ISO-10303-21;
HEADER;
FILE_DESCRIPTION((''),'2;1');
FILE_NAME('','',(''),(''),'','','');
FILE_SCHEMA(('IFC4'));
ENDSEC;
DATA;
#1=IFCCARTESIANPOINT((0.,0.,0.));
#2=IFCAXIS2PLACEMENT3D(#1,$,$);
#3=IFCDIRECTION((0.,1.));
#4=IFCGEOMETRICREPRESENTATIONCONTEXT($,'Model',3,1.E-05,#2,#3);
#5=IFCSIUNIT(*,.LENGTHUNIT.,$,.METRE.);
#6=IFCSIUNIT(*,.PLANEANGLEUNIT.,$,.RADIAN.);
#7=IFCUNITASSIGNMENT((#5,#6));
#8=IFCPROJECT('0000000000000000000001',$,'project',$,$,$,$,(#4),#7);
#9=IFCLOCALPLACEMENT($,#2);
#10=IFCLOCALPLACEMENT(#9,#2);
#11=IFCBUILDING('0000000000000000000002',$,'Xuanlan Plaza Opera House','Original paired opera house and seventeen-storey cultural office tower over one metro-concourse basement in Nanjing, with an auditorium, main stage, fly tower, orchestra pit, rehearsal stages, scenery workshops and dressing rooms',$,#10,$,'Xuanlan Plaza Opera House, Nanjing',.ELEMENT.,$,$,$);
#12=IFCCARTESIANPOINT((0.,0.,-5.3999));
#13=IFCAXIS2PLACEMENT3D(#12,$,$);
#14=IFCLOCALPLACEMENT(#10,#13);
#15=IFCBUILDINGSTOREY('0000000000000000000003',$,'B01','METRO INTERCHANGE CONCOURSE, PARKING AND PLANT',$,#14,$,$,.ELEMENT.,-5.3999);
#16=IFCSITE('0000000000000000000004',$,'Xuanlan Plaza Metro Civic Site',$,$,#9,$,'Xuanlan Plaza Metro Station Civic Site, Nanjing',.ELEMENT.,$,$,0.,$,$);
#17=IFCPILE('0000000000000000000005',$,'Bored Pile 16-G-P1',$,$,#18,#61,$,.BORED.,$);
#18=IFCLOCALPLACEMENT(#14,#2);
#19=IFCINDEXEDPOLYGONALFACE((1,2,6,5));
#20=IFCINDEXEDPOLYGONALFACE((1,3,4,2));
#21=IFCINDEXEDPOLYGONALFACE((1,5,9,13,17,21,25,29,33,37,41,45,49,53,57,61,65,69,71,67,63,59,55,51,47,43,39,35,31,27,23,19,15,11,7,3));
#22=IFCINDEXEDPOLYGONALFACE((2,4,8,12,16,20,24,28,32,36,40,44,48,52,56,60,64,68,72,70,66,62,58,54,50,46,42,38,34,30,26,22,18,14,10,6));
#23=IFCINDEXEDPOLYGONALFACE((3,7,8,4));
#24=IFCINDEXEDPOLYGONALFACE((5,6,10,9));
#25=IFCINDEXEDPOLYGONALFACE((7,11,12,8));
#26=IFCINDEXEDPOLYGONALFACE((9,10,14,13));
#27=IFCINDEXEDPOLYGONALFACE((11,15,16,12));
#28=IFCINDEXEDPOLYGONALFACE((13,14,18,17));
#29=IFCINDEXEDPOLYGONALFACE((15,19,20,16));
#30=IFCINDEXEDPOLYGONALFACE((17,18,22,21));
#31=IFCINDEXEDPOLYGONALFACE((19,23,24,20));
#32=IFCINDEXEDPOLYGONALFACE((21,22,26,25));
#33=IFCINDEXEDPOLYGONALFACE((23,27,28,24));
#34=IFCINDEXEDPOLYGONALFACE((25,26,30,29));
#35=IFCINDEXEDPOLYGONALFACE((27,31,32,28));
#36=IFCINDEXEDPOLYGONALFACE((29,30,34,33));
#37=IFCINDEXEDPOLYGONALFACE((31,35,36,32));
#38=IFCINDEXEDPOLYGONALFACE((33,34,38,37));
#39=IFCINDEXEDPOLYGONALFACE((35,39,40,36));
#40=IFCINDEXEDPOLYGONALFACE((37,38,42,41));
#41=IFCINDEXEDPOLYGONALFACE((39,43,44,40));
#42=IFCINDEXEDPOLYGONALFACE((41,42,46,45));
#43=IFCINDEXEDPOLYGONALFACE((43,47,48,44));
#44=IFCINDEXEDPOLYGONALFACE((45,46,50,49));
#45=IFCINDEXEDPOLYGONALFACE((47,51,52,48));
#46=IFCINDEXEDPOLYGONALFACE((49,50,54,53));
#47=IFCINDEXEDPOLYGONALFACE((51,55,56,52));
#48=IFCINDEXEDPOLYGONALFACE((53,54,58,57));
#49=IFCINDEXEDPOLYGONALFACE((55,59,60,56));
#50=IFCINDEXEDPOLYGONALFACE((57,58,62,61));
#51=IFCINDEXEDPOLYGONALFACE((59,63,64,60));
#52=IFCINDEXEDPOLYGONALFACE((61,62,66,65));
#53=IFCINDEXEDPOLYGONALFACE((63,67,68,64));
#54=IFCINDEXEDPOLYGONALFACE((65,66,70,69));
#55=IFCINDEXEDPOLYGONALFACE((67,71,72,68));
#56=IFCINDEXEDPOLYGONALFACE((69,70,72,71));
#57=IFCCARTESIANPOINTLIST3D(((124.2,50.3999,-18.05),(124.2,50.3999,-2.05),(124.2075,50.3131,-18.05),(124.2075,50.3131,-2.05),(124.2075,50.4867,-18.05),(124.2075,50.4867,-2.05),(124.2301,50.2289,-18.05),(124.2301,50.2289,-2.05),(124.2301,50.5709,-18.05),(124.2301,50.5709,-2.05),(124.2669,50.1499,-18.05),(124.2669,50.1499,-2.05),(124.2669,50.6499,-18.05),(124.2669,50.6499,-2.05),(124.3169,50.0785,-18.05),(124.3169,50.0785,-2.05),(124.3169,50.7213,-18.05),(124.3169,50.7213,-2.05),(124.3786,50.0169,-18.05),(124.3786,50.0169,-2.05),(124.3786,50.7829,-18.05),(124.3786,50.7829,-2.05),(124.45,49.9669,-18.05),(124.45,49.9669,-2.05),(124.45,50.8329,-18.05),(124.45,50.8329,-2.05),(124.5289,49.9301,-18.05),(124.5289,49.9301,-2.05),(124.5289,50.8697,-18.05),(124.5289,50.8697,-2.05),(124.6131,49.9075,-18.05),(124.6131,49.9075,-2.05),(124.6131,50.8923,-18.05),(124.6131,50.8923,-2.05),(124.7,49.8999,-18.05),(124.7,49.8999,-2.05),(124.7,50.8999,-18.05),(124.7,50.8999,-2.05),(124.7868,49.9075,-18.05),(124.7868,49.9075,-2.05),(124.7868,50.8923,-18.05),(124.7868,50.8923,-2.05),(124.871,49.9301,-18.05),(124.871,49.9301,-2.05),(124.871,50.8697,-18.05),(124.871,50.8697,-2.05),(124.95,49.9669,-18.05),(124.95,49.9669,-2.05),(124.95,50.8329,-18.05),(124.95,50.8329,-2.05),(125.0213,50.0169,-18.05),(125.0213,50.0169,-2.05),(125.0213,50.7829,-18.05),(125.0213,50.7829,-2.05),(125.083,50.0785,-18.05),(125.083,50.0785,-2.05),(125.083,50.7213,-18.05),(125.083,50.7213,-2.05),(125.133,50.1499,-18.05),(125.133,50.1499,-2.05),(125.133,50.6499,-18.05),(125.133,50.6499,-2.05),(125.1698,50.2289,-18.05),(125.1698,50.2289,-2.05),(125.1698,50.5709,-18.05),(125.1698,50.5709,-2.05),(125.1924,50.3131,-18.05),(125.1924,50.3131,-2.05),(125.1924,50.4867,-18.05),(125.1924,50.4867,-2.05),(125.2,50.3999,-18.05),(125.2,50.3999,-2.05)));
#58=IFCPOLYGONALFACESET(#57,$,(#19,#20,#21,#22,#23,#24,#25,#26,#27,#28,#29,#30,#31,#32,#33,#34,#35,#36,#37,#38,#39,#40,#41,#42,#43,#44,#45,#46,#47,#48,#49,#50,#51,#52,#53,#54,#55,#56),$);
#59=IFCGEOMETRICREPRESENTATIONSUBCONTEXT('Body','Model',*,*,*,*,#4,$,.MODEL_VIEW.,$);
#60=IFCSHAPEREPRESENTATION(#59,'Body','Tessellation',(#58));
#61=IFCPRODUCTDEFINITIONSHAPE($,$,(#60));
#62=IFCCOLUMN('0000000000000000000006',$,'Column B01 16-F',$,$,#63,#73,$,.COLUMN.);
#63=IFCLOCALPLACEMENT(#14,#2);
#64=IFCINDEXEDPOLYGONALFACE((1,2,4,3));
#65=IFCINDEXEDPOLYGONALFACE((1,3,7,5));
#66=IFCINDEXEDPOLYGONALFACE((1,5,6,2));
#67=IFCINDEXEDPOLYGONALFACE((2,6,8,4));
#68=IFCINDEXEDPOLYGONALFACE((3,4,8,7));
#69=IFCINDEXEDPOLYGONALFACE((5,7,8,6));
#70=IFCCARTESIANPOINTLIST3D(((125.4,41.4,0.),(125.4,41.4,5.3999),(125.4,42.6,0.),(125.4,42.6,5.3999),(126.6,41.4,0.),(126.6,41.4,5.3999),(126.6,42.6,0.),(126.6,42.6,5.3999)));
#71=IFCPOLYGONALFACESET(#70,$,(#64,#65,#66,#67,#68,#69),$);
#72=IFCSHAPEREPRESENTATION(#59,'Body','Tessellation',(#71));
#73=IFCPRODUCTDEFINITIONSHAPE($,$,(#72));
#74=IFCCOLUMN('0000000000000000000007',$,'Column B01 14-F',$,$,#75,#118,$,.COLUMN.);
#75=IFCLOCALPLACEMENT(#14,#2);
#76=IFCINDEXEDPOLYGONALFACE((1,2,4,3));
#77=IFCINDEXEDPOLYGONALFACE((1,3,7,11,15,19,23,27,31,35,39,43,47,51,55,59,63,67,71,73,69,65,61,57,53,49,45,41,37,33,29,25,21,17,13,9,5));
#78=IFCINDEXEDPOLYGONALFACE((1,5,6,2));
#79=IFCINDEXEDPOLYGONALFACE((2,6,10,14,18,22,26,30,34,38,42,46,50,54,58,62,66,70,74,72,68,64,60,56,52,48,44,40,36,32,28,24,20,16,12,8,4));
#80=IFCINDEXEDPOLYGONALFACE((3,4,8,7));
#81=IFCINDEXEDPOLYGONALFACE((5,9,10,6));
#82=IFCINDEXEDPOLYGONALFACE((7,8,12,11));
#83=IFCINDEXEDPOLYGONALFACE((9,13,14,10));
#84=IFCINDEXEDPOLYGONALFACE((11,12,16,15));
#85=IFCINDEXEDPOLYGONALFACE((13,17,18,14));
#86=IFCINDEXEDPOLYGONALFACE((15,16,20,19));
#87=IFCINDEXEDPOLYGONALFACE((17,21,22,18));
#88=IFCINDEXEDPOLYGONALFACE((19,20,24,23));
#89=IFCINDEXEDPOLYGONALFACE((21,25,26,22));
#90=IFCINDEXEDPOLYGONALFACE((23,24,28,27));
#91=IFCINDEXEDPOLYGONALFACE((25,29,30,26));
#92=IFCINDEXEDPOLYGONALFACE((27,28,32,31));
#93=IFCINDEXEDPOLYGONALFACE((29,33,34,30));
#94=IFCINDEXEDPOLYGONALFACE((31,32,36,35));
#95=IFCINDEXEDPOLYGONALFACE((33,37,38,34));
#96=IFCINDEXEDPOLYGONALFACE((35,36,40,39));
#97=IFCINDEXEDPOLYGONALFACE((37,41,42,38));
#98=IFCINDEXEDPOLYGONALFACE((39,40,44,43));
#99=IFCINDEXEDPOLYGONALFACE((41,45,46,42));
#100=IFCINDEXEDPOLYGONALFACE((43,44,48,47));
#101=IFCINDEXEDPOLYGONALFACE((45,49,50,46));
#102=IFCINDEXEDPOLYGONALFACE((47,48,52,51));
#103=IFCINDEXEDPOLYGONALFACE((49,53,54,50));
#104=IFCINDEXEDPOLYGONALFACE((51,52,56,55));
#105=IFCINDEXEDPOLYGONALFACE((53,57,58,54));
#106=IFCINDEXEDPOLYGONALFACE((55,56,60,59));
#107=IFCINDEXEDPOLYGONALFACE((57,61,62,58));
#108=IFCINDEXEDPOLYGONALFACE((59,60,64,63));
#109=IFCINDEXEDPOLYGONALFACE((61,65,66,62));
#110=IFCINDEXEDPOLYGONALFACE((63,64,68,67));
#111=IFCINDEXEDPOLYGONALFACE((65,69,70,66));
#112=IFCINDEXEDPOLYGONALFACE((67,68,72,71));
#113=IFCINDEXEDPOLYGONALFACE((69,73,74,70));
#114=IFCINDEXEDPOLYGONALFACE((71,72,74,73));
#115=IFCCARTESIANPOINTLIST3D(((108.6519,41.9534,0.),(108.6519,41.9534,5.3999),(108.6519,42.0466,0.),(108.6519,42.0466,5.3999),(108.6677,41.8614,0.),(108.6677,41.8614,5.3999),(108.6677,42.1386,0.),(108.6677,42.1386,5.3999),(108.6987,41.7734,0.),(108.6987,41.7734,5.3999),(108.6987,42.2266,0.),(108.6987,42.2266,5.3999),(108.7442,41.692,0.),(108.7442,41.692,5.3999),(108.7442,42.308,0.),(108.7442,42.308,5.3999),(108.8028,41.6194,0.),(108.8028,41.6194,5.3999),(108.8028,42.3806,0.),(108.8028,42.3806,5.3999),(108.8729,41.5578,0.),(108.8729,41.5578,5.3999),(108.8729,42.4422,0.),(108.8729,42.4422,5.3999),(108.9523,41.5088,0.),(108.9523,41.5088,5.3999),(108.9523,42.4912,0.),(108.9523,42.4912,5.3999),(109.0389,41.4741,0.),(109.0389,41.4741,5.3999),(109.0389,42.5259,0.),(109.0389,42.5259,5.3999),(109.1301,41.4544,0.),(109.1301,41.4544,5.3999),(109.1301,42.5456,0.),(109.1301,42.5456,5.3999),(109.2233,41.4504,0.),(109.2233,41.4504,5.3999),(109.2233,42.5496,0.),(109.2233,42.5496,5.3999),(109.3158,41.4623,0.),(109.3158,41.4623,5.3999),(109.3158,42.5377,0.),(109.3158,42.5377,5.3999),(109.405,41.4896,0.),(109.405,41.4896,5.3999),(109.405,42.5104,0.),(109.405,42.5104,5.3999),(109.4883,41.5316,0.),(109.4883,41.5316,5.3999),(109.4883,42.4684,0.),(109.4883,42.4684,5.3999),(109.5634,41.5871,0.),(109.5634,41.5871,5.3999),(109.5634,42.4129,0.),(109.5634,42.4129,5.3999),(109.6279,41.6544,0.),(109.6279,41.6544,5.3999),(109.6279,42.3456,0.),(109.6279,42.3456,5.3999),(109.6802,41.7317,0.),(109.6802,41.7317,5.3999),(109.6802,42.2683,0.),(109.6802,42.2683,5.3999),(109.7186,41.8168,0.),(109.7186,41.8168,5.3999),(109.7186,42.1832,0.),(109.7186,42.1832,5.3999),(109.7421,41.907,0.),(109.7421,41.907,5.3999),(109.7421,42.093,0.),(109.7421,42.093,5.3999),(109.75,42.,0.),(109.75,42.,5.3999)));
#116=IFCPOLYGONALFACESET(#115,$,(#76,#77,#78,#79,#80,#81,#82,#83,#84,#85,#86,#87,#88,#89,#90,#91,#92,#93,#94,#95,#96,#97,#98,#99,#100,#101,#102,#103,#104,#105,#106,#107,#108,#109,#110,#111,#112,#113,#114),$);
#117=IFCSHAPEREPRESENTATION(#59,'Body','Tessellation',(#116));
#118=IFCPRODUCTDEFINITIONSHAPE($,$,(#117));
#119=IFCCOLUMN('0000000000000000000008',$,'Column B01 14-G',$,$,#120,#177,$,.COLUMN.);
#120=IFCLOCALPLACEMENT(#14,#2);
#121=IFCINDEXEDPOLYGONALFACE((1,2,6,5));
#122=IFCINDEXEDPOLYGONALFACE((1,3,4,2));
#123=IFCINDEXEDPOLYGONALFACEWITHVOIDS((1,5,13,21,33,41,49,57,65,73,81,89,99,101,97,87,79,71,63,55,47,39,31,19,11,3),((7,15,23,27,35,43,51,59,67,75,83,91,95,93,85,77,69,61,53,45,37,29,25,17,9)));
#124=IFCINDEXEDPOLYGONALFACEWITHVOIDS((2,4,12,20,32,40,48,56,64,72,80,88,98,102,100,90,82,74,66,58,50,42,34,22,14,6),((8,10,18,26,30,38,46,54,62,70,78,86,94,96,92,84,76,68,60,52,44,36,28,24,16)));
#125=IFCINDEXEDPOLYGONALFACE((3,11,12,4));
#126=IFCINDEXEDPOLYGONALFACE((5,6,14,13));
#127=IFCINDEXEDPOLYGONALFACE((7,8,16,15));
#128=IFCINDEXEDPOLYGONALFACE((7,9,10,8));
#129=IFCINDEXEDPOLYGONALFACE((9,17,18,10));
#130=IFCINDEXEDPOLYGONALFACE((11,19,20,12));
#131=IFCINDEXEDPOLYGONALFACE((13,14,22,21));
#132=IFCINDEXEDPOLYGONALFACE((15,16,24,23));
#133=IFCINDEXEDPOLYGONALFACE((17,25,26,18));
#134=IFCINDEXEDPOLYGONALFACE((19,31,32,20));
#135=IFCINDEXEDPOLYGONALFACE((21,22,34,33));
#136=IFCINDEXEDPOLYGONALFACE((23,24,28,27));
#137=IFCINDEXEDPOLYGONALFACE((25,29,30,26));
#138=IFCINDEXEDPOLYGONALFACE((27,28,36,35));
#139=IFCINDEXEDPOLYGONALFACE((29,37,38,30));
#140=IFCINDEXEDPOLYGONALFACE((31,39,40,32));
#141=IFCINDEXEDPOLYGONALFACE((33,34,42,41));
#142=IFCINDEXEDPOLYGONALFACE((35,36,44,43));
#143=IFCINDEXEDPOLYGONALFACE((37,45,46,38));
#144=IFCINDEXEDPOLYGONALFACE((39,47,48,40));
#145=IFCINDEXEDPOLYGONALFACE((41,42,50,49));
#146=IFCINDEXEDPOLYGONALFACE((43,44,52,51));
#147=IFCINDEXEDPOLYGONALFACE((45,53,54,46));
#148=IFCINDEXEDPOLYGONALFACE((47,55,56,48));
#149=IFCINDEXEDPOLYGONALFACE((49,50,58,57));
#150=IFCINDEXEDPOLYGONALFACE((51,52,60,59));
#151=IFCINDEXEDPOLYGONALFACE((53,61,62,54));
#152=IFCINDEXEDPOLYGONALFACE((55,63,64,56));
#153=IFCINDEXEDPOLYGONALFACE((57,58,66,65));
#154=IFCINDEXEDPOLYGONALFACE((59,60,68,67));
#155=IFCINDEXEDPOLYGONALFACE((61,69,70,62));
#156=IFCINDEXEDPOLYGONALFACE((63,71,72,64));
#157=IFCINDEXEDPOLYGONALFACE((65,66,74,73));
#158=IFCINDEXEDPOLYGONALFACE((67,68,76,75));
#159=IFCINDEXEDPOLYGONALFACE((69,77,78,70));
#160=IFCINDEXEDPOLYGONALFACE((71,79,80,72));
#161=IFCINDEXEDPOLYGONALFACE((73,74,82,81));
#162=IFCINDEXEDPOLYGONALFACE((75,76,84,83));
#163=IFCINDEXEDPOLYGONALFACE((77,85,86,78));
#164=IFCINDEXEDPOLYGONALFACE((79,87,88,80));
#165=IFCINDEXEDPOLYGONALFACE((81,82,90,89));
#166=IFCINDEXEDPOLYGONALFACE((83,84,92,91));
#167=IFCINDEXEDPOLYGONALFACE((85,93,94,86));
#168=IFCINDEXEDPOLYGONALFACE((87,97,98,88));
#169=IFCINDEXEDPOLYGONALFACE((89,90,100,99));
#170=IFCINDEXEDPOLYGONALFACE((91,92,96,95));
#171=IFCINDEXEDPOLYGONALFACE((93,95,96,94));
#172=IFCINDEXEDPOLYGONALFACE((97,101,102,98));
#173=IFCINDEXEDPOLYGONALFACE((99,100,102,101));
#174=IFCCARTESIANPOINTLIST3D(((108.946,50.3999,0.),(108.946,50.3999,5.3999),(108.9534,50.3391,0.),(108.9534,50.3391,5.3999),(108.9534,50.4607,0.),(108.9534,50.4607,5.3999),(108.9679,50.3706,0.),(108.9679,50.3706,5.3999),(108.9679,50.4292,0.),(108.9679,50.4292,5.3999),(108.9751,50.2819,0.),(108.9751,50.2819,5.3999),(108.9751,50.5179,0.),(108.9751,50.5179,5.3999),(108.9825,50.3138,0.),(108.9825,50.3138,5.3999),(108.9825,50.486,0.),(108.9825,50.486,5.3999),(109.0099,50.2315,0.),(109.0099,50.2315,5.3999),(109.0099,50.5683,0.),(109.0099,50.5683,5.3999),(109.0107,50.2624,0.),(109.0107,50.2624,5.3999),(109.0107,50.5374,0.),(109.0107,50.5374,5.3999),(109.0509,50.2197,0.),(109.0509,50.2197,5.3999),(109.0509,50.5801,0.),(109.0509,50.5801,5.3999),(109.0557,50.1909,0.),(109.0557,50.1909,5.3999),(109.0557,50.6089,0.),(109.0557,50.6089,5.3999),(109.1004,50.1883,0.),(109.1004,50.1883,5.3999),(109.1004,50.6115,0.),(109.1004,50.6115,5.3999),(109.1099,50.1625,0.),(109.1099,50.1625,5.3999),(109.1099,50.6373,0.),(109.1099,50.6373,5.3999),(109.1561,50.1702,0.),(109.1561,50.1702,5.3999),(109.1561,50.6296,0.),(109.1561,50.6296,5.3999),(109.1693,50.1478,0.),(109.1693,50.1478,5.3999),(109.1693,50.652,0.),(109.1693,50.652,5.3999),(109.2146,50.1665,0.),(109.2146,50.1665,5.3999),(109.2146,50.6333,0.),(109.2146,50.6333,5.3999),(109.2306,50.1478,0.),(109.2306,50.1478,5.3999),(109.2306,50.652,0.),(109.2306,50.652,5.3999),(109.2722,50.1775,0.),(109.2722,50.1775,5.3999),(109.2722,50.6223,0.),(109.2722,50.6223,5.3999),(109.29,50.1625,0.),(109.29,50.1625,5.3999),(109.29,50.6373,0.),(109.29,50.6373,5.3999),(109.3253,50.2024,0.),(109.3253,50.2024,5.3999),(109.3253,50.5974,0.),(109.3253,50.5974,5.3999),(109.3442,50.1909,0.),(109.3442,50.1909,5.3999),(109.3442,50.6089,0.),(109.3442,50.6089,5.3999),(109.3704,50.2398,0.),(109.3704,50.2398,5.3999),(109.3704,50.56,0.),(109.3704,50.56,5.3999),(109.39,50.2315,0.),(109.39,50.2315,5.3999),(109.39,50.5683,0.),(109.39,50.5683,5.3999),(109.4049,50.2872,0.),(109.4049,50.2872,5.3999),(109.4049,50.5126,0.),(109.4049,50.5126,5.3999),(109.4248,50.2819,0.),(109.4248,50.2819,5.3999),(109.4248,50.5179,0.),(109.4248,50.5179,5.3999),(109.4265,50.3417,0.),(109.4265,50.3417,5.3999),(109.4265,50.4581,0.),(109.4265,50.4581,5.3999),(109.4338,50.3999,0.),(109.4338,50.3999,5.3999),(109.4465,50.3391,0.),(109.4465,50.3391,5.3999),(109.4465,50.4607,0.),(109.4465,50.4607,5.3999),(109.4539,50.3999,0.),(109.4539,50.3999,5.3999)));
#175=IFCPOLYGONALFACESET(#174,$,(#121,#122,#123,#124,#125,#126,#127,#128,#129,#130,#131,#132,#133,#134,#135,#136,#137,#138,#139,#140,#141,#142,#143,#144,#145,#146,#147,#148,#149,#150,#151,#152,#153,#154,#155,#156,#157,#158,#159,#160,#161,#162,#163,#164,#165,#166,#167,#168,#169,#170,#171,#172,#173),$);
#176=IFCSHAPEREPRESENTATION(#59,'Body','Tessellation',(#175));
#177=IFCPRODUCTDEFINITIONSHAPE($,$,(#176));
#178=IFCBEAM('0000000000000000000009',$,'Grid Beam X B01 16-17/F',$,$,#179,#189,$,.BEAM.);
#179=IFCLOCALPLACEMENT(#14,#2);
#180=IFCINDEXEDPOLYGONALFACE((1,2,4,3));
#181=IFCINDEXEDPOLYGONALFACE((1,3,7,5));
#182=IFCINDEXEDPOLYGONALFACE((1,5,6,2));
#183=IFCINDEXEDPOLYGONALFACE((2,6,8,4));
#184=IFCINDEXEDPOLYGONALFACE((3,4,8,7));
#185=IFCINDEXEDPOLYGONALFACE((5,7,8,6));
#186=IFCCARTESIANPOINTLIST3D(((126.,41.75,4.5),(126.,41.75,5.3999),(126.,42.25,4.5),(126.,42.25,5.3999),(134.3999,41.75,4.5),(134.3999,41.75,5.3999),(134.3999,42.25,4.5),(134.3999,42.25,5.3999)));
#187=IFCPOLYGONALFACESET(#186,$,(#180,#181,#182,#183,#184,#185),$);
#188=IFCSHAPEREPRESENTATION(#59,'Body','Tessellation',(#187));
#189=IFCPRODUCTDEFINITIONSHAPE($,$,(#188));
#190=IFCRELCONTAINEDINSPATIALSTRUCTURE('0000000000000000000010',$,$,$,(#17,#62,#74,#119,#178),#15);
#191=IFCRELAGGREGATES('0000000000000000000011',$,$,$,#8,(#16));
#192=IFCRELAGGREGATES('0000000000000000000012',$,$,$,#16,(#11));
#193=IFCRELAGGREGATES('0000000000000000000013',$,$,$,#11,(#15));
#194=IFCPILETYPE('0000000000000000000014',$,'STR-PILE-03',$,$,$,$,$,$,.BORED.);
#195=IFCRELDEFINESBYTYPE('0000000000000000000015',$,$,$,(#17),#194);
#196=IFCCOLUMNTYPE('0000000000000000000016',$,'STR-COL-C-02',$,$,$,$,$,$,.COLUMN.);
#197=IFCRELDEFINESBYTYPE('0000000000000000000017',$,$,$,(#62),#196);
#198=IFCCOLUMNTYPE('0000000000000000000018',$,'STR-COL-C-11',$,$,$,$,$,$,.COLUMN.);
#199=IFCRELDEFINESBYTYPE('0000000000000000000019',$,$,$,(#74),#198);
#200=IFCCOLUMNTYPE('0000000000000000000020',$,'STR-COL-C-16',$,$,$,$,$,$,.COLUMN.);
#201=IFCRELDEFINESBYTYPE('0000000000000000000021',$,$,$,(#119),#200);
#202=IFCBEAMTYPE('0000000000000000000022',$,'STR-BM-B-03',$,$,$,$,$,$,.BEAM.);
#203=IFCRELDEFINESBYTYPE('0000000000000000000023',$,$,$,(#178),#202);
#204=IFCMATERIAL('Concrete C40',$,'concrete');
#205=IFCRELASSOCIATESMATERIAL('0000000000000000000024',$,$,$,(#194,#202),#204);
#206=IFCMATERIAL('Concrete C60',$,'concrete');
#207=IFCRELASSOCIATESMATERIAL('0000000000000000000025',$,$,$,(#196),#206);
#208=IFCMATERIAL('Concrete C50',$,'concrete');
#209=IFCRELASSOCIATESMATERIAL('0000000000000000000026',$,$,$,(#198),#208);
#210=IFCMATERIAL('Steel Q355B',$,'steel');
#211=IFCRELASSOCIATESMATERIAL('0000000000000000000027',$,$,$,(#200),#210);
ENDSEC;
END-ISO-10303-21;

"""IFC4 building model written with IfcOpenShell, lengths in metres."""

from ifc_helpers import new_model, si_unit, direction, frame, origin, origin_2d, place, context, subcontext, project, spatial, rectangle, circle, hollow_circle, extrude, material, material_profile, profile_set, type_object, element, save


model = new_model("IFC4")

# Units and contexts
model_context = context("Model", 3, precision=1e-05, world=origin(), true_north=direction((0.0, 1.0)))
body_context = subcontext(model_context, "Body", "Model", "MODEL_VIEW")
ifc_project = project(units=[si_unit("LENGTHUNIT", "METRE"), si_unit("PLANEANGLEUNIT", "RADIAN")], contexts=[model_context])

# Site, building, storey
site_placement = place(None, origin())
site = spatial("IfcSite", under=ifc_project, at=site_placement, Name="Xuanlan Plaza Metro Civic Site", LongName="Xuanlan Plaza Metro Station Civic Site, Nanjing", CompositionType="ELEMENT", RefElevation=0.0)
building_placement = place(site_placement, origin())
building = spatial("IfcBuilding", under=site, at=building_placement, Name="Xuanlan Plaza Opera House", Description="Original paired opera house and seventeen-storey cultural office tower over one metro-concourse basement in Nanjing, with an auditorium, main stage, fly tower, orchestra pit, rehearsal stages, scenery workshops and dressing rooms", LongName="Xuanlan Plaza Opera House, Nanjing", CompositionType="ELEMENT")
storey_placement = place(building_placement, frame((0.0, 0.0, -5.3999)))
storey = spatial("IfcBuildingStorey", under=building, at=storey_placement, Name="B01", Description="METRO INTERCHANGE CONCOURSE, PARKING AND PLANT", CompositionType="ELEMENT", Elevation=-5.3999)

# Shared definitions
ifc_material_1 = material(Name="Concrete C50", Category="concrete")
ifc_material_2 = material(Name="Concrete C40", Category="concrete")

# Pile
ifc_material_profile_1 = material_profile(ifc_material_2, circle(Radius=0.5, at=origin_2d()), Name="PILE D1000")
ifc_profile_set_1 = profile_set([ifc_material_profile_1], Name="Concrete C40")
pile_type_1 = type_object("IfcPileType", Name="STR-PILE-03", PredefinedType="BORED", material=ifc_profile_set_1)
for number, where, z_axis, x_axis, name in (
    (1, (124.7, 50.3999, -2.05), (0.0, 0.0, -1.0), (1.0, 0.0, 0.0), "Bored Pile 16-G-P1"),
):
    element("IfcPile", number, at=place(storey_placement, frame(where, z_axis=z_axis, x_axis=x_axis)), inside=storey, type_object=pile_type_1, Name=name, PredefinedType="BORED", context=body_context, shape_type="SweptSolid", body=[
        extrude(circle(Radius=0.5, at=origin_2d()), origin(), (0.0, 0.0, 1.0), 16.0),
    ])

# Columns
ifc_material_3 = material(Name="Concrete C60", Category="concrete")
ifc_material_profile_2 = material_profile(ifc_material_3, rectangle(XDim=1.2, YDim=1.2, at=origin_2d()), Name="RC-COL 1200x1200")
ifc_profile_set_2 = profile_set([ifc_material_profile_2], Name="Concrete C60")
column_type_1 = type_object("IfcColumnType", Name="STR-COL-C-02", PredefinedType="COLUMN", material=ifc_profile_set_2)
column_1_placement = place(storey_placement, frame((126.0, 42.0, 0.0), z_axis=(0.0, 0.0, 1.0), x_axis=(1.0, 0.0, 0.0)))
element("IfcColumn", 2, at=column_1_placement, inside=storey, type_object=column_type_1, Name="Column B01 16-F", PredefinedType="COLUMN", context=body_context, shape_type="SweptSolid", body=[
    extrude(rectangle(XDim=1.2, YDim=1.2, at=origin_2d()), origin(), (0.0, 0.0, 1.0), 5.3999),
])
ifc_material_profile_3 = material_profile(ifc_material_1, circle(Radius=0.55, at=origin_2d()), Name="RC-COL D1100")
ifc_profile_set_3 = profile_set([ifc_material_profile_3], Name="Concrete C50")
column_type_2 = type_object("IfcColumnType", Name="STR-COL-C-11", PredefinedType="COLUMN", material=ifc_profile_set_3)
column_2_placement = place(storey_placement, frame((109.2, 42.0, 0.0), z_axis=(0.0, 0.0, 1.0), x_axis=(1.0, 0.0, 0.0)))
element("IfcColumn", 3, at=column_2_placement, inside=storey, type_object=column_type_2, Name="Column B01 14-F", PredefinedType="COLUMN", context=body_context, shape_type="SweptSolid", body=[
    extrude(circle(Radius=0.55, at=origin_2d()), origin(), (0.0, 0.0, 1.0), 5.3999),
])
ifc_material_4 = material(Name="Steel Q355B", Category="steel")
ifc_material_profile_4 = material_profile(ifc_material_4, hollow_circle(Radius=0.2539, WallThickness=0.02, at=origin_2d()), Name="CHS 508x20")
ifc_profile_set_4 = profile_set([ifc_material_profile_4], Name="Steel Q355B")
column_type_3 = type_object("IfcColumnType", Name="STR-COL-C-16", PredefinedType="COLUMN", material=ifc_profile_set_4)
column_3_placement = place(storey_placement, frame((109.2, 50.3999, 0.0), z_axis=(0.0, 0.0, 1.0), x_axis=(1.0, 0.0, 0.0)))
element("IfcColumn", 4, at=column_3_placement, inside=storey, type_object=column_type_3, Name="Column B01 14-G", PredefinedType="COLUMN", context=body_context, shape_type="SweptSolid", body=[
    extrude(hollow_circle(Radius=0.2539, WallThickness=0.02, at=origin_2d()), origin(), (0.0, 0.0, 1.0), 5.3999),
])

# Beam
ifc_material_profile_5 = material_profile(ifc_material_2, rectangle(XDim=0.5, YDim=0.8999, at=origin_2d()), Name="RC-BM 500x900")
ifc_profile_set_5 = profile_set([ifc_material_profile_5], Name="Concrete C40")
beam_type_1 = type_object("IfcBeamType", Name="STR-BM-B-03", PredefinedType="BEAM", material=ifc_profile_set_5)
beam_1_placement = place(storey_placement, frame((126.0, 42.0, 4.95), z_axis=(1.0, 0.0, 0.0), x_axis=(0.0, 1.0, 0.0)))
element("IfcBeam", 5, at=beam_1_placement, inside=storey, type_object=beam_type_1, Name="Grid Beam X B01 16-17/F", PredefinedType="BEAM", context=body_context, shape_type="SweptSolid", body=[
    extrude(rectangle(XDim=0.5, YDim=0.8999, at=origin_2d()), origin(), (0.0, 0.0, 1.0), 8.3999),
])

save(model, "model.ifc")
